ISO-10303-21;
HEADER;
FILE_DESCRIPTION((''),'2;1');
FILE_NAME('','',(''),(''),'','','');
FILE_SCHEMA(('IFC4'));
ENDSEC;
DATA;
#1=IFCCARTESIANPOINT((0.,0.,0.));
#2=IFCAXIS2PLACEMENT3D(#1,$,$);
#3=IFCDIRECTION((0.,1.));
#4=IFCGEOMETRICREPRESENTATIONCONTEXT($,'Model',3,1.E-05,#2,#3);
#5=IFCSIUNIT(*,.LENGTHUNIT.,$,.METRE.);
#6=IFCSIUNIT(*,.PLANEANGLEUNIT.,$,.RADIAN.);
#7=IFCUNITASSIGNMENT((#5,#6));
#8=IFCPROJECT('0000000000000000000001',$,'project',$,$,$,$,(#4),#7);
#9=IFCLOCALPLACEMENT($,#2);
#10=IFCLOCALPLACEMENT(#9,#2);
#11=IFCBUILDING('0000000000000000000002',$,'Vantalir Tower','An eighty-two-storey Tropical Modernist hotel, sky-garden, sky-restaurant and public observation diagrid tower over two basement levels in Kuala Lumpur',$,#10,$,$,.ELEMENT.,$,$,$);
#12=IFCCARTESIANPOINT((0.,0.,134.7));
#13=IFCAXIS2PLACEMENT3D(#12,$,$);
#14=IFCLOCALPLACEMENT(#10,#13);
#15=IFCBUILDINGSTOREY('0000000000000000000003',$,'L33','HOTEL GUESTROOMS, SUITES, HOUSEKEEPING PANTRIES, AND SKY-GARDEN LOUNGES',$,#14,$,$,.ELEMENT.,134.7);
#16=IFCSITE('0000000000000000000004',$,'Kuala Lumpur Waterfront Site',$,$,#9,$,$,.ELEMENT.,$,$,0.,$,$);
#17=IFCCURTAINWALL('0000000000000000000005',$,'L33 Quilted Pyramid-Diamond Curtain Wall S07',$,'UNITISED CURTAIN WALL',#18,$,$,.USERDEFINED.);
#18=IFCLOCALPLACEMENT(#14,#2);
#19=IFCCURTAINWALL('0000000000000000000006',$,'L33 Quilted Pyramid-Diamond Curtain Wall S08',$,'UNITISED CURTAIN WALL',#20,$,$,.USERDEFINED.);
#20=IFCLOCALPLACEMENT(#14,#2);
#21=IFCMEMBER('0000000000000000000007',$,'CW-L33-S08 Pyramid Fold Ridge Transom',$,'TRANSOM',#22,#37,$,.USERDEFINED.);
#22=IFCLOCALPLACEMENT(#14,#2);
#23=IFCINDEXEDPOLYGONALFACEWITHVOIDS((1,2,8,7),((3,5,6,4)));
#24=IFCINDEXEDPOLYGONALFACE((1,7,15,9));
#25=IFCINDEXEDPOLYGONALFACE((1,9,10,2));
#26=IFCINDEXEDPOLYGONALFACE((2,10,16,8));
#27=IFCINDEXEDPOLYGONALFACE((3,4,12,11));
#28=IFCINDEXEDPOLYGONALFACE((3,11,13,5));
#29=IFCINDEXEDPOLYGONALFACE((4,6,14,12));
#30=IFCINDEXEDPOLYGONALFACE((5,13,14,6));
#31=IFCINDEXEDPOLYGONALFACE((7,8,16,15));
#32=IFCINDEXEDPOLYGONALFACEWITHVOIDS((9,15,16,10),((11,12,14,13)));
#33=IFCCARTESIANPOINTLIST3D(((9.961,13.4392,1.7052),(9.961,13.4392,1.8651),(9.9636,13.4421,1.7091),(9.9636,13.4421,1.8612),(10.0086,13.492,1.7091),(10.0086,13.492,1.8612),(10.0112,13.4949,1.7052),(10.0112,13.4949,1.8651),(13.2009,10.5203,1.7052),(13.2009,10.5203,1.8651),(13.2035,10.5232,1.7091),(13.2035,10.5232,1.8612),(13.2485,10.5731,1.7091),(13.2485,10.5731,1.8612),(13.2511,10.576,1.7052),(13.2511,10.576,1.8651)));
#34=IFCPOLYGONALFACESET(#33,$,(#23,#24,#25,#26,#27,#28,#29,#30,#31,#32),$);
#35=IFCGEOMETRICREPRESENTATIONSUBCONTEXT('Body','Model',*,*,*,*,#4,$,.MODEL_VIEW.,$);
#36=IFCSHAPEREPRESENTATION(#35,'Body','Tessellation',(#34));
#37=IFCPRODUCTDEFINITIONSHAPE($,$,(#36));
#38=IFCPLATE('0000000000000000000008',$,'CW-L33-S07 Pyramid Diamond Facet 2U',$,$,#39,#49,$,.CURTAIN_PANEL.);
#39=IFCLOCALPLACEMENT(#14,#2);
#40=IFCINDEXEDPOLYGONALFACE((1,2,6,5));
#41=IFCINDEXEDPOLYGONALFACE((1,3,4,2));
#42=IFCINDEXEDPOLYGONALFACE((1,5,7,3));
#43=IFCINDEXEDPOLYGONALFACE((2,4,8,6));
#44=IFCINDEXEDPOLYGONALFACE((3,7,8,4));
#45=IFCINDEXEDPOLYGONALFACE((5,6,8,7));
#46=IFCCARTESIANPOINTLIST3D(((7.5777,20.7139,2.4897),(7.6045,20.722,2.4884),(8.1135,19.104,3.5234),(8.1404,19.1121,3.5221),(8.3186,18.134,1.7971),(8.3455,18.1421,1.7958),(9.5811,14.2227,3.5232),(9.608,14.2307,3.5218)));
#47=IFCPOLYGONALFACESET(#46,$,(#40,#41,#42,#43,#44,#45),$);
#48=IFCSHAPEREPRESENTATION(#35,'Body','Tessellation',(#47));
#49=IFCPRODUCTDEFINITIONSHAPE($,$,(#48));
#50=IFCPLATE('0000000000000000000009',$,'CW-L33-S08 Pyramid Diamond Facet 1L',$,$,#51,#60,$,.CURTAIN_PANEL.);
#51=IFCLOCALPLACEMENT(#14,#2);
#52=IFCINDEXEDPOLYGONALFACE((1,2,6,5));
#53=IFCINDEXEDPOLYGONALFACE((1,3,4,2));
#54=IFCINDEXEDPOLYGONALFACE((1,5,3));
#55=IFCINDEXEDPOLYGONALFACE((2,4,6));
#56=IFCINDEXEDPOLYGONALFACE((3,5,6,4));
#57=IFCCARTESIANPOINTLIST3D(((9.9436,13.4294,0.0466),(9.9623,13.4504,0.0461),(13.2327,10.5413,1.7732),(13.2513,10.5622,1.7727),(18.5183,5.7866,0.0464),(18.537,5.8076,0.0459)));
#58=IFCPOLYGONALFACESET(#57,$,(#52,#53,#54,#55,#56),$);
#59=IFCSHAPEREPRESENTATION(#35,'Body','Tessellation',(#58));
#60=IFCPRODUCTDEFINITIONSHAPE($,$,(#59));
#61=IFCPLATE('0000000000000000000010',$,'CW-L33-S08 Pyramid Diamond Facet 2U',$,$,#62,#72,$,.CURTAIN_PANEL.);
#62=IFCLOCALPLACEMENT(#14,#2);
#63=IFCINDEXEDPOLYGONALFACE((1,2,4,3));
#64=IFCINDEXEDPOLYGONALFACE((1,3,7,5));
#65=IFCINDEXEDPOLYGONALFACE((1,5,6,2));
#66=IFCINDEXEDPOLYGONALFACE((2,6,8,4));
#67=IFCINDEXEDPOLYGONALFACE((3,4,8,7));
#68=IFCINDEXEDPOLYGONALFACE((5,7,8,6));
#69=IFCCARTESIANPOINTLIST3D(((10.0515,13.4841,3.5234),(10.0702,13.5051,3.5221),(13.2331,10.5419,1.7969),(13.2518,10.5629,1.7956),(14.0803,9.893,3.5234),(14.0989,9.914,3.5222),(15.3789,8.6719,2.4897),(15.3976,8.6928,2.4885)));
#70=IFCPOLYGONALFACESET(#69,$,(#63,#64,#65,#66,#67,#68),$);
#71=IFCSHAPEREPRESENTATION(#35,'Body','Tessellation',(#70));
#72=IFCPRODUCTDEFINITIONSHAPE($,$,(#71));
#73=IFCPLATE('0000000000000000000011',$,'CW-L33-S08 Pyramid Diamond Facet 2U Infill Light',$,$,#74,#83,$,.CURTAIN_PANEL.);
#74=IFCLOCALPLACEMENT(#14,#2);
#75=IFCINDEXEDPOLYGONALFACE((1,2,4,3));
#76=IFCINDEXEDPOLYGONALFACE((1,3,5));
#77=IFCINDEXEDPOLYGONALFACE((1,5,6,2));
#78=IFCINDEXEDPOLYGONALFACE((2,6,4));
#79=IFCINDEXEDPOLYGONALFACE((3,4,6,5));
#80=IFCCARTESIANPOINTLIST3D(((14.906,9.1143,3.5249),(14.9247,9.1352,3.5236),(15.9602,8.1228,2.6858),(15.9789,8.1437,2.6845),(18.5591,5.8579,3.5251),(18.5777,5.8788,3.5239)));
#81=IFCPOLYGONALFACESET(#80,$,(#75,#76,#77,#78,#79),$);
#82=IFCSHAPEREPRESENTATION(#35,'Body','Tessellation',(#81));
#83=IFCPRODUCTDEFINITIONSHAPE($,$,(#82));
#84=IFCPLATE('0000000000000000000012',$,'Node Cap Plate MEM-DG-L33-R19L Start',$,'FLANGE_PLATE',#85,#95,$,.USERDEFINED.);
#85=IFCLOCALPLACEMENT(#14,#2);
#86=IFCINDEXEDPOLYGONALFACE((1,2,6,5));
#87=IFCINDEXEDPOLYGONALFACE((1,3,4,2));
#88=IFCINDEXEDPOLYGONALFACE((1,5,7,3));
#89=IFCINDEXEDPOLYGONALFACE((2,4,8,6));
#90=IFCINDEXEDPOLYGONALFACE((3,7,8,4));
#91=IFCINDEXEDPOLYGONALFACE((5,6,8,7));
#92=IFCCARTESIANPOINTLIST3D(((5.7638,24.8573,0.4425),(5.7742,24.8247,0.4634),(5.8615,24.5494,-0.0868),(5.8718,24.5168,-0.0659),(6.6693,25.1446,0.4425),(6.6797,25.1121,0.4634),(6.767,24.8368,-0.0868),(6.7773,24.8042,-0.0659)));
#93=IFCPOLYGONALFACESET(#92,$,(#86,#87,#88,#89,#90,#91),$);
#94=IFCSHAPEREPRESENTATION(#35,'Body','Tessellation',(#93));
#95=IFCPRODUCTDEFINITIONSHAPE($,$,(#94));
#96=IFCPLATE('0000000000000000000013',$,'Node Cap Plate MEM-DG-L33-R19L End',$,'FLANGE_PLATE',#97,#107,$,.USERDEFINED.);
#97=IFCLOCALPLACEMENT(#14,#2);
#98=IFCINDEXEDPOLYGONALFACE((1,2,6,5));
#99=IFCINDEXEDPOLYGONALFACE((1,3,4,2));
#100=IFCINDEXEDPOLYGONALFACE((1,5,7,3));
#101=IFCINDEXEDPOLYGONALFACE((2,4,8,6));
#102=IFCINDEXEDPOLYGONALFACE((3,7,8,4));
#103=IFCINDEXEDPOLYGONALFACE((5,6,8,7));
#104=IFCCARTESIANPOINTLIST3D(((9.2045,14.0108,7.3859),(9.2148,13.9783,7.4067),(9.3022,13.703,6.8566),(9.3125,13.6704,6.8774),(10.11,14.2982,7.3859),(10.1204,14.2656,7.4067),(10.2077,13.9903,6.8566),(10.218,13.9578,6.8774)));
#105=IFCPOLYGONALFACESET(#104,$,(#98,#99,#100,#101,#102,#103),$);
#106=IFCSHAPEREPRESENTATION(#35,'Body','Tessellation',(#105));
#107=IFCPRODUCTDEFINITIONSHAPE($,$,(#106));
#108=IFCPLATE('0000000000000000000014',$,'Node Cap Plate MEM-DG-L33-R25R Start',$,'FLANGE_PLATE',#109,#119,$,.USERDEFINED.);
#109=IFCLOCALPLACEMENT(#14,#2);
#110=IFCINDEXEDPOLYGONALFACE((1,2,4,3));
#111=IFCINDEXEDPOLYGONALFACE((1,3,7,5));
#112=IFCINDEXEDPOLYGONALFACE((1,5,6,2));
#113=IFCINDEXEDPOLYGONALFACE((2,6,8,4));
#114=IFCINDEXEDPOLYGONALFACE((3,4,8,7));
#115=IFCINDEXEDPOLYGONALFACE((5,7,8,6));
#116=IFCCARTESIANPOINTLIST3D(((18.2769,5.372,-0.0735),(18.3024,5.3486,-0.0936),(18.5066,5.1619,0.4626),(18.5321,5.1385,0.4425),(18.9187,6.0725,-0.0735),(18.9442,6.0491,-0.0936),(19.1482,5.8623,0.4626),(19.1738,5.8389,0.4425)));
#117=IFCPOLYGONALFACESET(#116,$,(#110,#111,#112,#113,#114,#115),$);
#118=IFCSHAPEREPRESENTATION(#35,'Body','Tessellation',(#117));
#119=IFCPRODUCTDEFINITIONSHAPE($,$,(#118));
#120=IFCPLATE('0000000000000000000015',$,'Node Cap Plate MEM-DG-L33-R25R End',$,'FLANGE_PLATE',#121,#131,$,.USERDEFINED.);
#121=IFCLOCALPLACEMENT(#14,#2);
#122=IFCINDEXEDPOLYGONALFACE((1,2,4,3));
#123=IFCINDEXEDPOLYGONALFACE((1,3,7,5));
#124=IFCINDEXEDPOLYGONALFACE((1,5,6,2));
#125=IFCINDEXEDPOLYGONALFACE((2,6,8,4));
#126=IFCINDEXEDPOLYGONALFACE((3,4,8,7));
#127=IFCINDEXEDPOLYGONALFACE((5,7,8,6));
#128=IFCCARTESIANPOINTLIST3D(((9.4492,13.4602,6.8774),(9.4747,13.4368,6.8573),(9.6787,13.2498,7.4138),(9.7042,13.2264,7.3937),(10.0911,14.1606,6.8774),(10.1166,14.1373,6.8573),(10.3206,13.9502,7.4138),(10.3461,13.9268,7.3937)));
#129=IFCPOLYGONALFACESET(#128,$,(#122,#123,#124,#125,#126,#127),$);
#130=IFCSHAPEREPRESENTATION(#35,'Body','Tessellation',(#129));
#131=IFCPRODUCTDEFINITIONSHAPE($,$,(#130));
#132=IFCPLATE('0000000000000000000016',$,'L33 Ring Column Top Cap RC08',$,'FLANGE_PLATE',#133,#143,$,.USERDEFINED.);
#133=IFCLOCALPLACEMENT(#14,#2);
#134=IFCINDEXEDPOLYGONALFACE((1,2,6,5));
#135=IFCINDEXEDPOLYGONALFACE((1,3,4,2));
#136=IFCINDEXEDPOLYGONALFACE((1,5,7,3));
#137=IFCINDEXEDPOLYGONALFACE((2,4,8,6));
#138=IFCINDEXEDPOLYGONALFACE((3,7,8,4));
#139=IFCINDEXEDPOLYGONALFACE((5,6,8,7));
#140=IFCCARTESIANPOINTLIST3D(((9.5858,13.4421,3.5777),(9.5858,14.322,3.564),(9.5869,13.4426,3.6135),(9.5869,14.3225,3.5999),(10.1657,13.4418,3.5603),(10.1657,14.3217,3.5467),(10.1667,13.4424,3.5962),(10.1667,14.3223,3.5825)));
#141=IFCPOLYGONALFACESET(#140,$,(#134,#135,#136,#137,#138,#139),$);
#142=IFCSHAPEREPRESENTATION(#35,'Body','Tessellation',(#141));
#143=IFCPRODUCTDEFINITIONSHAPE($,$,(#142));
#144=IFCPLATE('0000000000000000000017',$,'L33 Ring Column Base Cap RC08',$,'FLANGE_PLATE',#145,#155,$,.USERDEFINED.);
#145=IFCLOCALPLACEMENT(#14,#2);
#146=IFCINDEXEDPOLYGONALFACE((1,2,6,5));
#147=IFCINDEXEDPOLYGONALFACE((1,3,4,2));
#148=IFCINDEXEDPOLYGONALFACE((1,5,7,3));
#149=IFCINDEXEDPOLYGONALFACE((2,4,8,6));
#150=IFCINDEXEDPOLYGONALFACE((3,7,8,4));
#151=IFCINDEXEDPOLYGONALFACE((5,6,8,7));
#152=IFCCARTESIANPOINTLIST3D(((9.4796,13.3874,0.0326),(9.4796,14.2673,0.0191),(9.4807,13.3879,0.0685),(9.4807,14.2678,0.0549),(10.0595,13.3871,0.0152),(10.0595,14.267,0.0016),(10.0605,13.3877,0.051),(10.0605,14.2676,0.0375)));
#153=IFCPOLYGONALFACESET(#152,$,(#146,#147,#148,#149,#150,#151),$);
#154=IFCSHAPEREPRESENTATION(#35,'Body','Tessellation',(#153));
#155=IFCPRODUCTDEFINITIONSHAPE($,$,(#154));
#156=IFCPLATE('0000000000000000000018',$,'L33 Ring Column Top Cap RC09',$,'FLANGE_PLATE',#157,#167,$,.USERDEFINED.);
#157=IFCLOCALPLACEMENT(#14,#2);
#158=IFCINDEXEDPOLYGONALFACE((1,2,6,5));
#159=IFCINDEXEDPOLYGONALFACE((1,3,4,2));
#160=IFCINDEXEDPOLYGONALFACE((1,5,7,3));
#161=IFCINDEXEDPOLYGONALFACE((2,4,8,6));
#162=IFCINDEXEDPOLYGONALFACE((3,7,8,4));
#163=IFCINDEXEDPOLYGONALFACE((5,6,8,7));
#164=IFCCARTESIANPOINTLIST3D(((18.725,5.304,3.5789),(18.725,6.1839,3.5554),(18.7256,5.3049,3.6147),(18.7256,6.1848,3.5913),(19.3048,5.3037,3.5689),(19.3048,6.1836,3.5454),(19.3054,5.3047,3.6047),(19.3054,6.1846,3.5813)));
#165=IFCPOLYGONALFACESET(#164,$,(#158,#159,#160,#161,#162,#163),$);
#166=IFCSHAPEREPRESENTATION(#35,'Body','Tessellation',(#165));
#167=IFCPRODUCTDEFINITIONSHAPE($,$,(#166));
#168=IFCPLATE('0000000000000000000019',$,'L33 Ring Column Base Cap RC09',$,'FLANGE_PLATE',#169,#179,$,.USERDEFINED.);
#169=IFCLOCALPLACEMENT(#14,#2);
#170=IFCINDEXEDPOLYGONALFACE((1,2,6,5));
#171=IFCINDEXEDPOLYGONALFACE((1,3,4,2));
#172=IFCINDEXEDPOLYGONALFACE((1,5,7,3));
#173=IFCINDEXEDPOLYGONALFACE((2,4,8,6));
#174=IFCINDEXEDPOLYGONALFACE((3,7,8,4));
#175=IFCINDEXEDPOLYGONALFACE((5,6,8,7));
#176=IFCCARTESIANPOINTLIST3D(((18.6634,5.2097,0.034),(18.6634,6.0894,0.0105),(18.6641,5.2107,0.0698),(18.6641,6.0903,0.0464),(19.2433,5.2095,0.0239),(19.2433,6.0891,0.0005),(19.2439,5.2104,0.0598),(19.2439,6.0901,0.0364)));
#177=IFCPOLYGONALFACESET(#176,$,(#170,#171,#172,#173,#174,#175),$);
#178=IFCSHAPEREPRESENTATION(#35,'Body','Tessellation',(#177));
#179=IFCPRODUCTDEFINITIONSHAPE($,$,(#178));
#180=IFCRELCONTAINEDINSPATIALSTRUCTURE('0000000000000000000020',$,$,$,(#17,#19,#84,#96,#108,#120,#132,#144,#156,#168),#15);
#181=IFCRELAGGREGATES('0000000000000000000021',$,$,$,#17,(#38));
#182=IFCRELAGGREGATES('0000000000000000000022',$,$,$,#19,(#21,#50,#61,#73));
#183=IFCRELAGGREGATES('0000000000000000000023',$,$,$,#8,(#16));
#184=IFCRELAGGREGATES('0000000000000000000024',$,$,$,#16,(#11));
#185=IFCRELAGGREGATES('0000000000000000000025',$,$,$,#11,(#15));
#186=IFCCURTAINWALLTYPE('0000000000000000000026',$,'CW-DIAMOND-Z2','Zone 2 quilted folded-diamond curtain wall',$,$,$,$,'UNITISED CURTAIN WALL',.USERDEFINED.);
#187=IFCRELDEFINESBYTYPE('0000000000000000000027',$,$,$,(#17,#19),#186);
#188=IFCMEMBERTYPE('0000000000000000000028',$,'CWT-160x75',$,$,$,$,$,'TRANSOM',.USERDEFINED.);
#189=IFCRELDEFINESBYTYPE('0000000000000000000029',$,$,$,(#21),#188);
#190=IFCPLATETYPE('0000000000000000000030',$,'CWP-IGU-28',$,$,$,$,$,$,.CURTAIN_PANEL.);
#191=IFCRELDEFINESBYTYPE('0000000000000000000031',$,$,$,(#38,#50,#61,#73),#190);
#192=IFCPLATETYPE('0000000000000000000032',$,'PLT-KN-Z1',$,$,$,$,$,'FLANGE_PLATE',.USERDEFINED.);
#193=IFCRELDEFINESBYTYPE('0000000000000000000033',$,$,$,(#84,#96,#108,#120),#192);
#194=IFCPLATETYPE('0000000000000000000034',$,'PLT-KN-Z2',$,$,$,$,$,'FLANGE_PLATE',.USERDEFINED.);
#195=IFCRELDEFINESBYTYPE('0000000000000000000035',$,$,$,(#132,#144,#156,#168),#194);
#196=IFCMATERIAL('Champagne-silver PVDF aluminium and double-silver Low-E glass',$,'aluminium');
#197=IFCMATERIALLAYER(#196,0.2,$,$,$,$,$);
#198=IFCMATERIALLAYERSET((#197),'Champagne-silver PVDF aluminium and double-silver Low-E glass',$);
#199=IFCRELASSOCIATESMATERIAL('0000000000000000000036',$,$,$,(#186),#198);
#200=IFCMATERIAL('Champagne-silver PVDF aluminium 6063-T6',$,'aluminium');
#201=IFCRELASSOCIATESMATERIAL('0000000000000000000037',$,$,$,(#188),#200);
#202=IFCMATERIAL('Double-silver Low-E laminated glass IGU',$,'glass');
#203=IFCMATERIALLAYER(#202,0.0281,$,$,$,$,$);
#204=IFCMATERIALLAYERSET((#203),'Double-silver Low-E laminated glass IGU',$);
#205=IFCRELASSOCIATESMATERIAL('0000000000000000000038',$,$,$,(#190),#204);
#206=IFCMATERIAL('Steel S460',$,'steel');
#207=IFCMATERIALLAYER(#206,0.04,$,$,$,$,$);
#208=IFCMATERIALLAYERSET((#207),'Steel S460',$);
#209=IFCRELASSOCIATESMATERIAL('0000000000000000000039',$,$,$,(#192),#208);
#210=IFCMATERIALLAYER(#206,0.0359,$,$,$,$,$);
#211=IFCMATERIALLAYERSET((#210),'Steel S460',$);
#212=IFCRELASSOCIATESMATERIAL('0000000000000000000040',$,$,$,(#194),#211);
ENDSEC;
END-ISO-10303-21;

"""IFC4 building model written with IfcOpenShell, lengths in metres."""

from ifc_helpers import new_model, si_unit, direction, frame, origin, origin_2d, place, context, subcontext, project, spatial, polyline, hollow_rectangle, outline, extrude, material, layer, layer_set, material_profile, profile_set, type_object, element, aggregate, save


model = new_model("IFC4")

# Units and contexts
model_context = context("Model", 3, precision=1e-05, world=origin(), true_north=direction((0.0, 1.0)))
body_context = subcontext(model_context, "Body", "Model", "MODEL_VIEW")
ifc_project = project(units=[si_unit("LENGTHUNIT", "METRE"), si_unit("PLANEANGLEUNIT", "RADIAN")], contexts=[model_context])

# Site, building, storey
site_placement = place(None, origin())
site = spatial("IfcSite", under=ifc_project, at=site_placement, Name="Kuala Lumpur Waterfront Site", CompositionType="ELEMENT", RefElevation=0.0)
building_placement = place(site_placement, origin())
building = spatial("IfcBuilding", under=site, at=building_placement, Name="Vantalir Tower", Description="An eighty-two-storey Tropical Modernist hotel, sky-garden, sky-restaurant and public observation diagrid tower over two basement levels in Kuala Lumpur", CompositionType="ELEMENT")
storey_placement = place(building_placement, frame((0.0, 0.0, 134.7)))
storey = spatial("IfcBuildingStorey", under=building, at=storey_placement, Name="L33", Description="HOTEL GUESTROOMS, SUITES, HOUSEKEEPING PANTRIES, AND SKY-GARDEN LOUNGES", CompositionType="ELEMENT", Elevation=134.7)

# Shared definitions
ifc_material_1 = material(Name="Steel S460", Category="steel")

# Curtain wall
ifc_material_2 = material(Name="Champagne-silver PVDF aluminium and double-silver Low-E glass", Category="aluminium")
ifc_layer_1 = layer(ifc_material_2, 0.2)
ifc_layer_set_1 = layer_set([ifc_layer_1], Name="Champagne-silver PVDF aluminium and double-silver Low-E glass")
curtain_wall_type = type_object("IfcCurtainWallType", Name="CW-DIAMOND-Z2", Description="Zone 2 quilted folded-diamond curtain wall", ElementType="UNITISED CURTAIN WALL", PredefinedType="USERDEFINED", material=ifc_layer_set_1)
curtain_wall_1_placement = place(storey_placement, origin())
curtain_wall_1 = element("IfcCurtainWall", 1, at=curtain_wall_1_placement, inside=storey, type_object=curtain_wall_type, Name="L33 Quilted Pyramid-Diamond Curtain Wall S07", ObjectType="UNITISED CURTAIN WALL", PredefinedType="USERDEFINED")
ifc_material_3 = material(Name="Champagne-silver PVDF aluminium 6063-T6", Category="aluminium")

# Curtain wall, member
curtain_wall_2_placement = place(storey_placement, origin())
curtain_wall_2 = element("IfcCurtainWall", 2, at=curtain_wall_2_placement, inside=storey, type_object=curtain_wall_type, Name="L33 Quilted Pyramid-Diamond Curtain Wall S08", ObjectType="UNITISED CURTAIN WALL", PredefinedType="USERDEFINED")
ifc_material_profile_1 = material_profile(ifc_material_3, hollow_rectangle(XDim=0.075, YDim=0.1599, WallThickness=0.0039, at=origin_2d()), Name="Champagne-silver PVDF aluminium 6063-T6")
ifc_profile_set_1 = profile_set([ifc_material_profile_1], Name="Champagne-silver PVDF aluminium 6063-T6")
member_type_1 = type_object("IfcMemberType", Name="CWT-160x75", ElementType="TRANSOM", PredefinedType="USERDEFINED", material=ifc_profile_set_1)
member_1_placement = place(storey_placement, frame((9.9861, 13.467, 1.7852), z_axis=(0.742957, -0.669339, 0.0), x_axis=(0.669339, 0.742957, 0.0)))
member_1 = element("IfcMember", 3, at=member_1_placement, type_object=member_type_1, Name="CW-L33-S08 Pyramid Fold Ridge Transom", ObjectType="TRANSOM", PredefinedType="USERDEFINED", context=body_context, shape_type="SweptSolid", body=[
    extrude(hollow_rectangle(XDim=0.075, YDim=0.1599, WallThickness=0.0039, at=origin_2d()), origin(), (0.0, 0.0, 1.0), 4.3608),
])

# Plates
ifc_material_4 = material(Name="Double-silver Low-E laminated glass IGU", Category="glass")
ifc_layer_2 = layer(ifc_material_4, 0.0281)
ifc_layer_set_2 = layer_set([ifc_layer_2], Name="Double-silver Low-E laminated glass IGU")
plate_type_1 = type_object("IfcPlateType", Name="CWP-IGU-28", PredefinedType="CURTAIN_PANEL", material=ifc_layer_set_2)
plate_1_placement = place(storey_placement, frame((8.1135, 19.104, 3.5234), z_axis=(-0.956552, -0.287591, 0.047956), x_axis=(0.28792, -0.957654, -0.000048)))
plate_1 = element("IfcPlate", 4, at=plate_1_placement, type_object=plate_type_1, Name="CW-L33-S07 Pyramid Diamond Facet 2U", PredefinedType="CURTAIN_PANEL", context=body_context, shape_type="SweptSolid", body=[
    extrude(outline(polyline([(0.0, 0.0), (5.0972, 0.0), (0.988, -1.7283), (-1.6959, -1.035), (0.0, 0.0)])), origin(), (0.0, 0.0, -1.0), 0.0281),
])
aggregate(curtain_wall_1, [plate_1])
plate_2_placement = place(storey_placement, frame((9.9436, 13.4294, 0.0466), z_axis=(-0.66526, -0.746376, 0.018773), x_axis=(0.746507, -0.665378, -0.000021)))
plate_2 = element("IfcPlate", 5, at=plate_2_placement, type_object=plate_type_1, Name="CW-L33-S08 Pyramid Diamond Facet 1L", PredefinedType="CURTAIN_PANEL", context=body_context, shape_type="SweptSolid", body=[
    extrude(outline(polyline([(0.0, 0.0), (11.4864, 0.0), (4.377, 1.727), (0.0, 0.0)])), origin(), (0.0, 0.0, -1.0), 0.0281),
])
plate_3_placement = place(storey_placement, frame((10.0515, 13.4841, 3.5234), z_axis=(-0.664696, -0.745704, 0.045873), x_axis=(0.74649, -0.665397, 0.000001)))
plate_3 = element("IfcPlate", 6, at=plate_3_placement, type_object=plate_type_1, Name="CW-L33-S08 Pyramid Diamond Facet 2U", PredefinedType="CURTAIN_PANEL", context=body_context, shape_type="SweptSolid", body=[
    extrude(outline(polyline([(0.0, 0.0), (5.3969, 0.0), (7.1789, -1.0348), (4.3328, -1.7284), (0.0, 0.0)])), origin(), (0.0, 0.0, -1.0), 0.0281),
])
plate_4_placement = place(storey_placement, frame((14.906, 9.1143, 3.5249), z_axis=(-0.664708, -0.745687, 0.045978), x_axis=(0.746478, -0.66541, 0.00005)))
plate_4 = element("IfcPlate", 7, at=plate_4_placement, type_object=plate_type_1, Name="CW-L33-S08 Pyramid Diamond Facet 2U Infill Light", PredefinedType="CURTAIN_PANEL", context=body_context, shape_type="SweptSolid", body=[
    extrude(outline(polyline([(0.0, 0.0), (4.8937, 0.0), (1.4466, -0.8401), (0.0, 0.0)])), origin(), (0.0, 0.0, -1.0), 0.0281),
])
aggregate(curtain_wall_2, [member_1, plate_2, plate_3, plate_4])

# Plates
ifc_layer_3 = layer(ifc_material_1, 0.04)
ifc_layer_set_3 = layer_set([ifc_layer_3], Name="Steel S460")
plate_type_2 = type_object("IfcPlateType", Name="PLT-KN-Z1", ElementType="FLANGE_PLATE", PredefinedType="USERDEFINED", material=ifc_layer_set_3)
for number, where, z_axis, x_axis, name in (
    (8, (5.8718, 24.5168, -0.0659), (0.258198, -0.813641, 0.520886), (0.953158, 0.302472, 0.0), "Node Cap Plate MEM-DG-L33-R19L Start"),
    (9, (9.3125, 13.6704, 6.8774), (0.258198, -0.813641, 0.520886), (0.953158, 0.302472, 0.0), "Node Cap Plate MEM-DG-L33-R19L End"),
):
    element("IfcPlate", number, at=place(storey_placement, frame(where, z_axis=z_axis, x_axis=x_axis)), inside=storey, type_object=plate_type_2, Name=name, ObjectType="FLANGE_PLATE", PredefinedType="USERDEFINED", context=body_context, shape_type="SweptSolid", body=[
        extrude(outline(polyline([(0.0, 0.0), (0.95, 0.0), (0.9501, 0.6201), (0.0, 0.6201), (0.0, 0.0)])), origin(), (0.0, 0.0, -1.0), 0.04),
    ])
plate_5_placement = place(storey_placement, frame((18.9187, 6.0725, -0.0735), z_axis=(-0.63764, 0.584189, 0.502134), x_axis=(-0.675544, -0.737319, -0.000041)))
element("IfcPlate", 10, at=plate_5_placement, inside=storey, type_object=plate_type_2, Name="Node Cap Plate MEM-DG-L33-R25R Start", ObjectType="FLANGE_PLATE", PredefinedType="USERDEFINED", context=body_context, shape_type="SweptSolid", body=[
    extrude(outline(polyline([(0.0, 0.0), (0.95, 0.0), (0.9498, 0.62), (-0.0001, 0.6199), (0.0, 0.0)])), origin(), (0.0, 0.0, -1.0), 0.04),
])
plate_6_placement = place(storey_placement, frame((10.0911, 14.1606, 6.8774), z_axis=(-0.637619, 0.584281, 0.502054), x_axis=(-0.675597, -0.737271, 0.0)))
element("IfcPlate", 11, at=plate_6_placement, inside=storey, type_object=plate_type_2, Name="Node Cap Plate MEM-DG-L33-R25R End", ObjectType="FLANGE_PLATE", PredefinedType="USERDEFINED", context=body_context, shape_type="SweptSolid", body=[
    extrude(outline(polyline([(0.0, 0.0), (0.95, 0.0), (0.9502, 0.6202), (0.0001, 0.6202), (0.0, 0.0)])), origin(), (0.0, 0.0, -1.0), 0.04),
])
ifc_layer_4 = layer(ifc_material_1, 0.0359)
ifc_layer_set_4 = layer_set([ifc_layer_4], Name="Steel S460")
plate_type_3 = type_object("IfcPlateType", Name="PLT-KN-Z2", ElementType="FLANGE_PLATE", PredefinedType="USERDEFINED", material=ifc_layer_set_4)
plate_7_placement = place(storey_placement, frame((9.5869, 14.3225, 3.5999), z_axis=(0.029884, 0.015529, 0.999433), x_axis=(0.0, -0.999879, 0.015536)))
element("IfcPlate", 12, at=plate_7_placement, inside=storey, type_object=plate_type_3, Name="L33 Ring Column Top Cap RC08", ObjectType="FLANGE_PLATE", PredefinedType="USERDEFINED", context=body_context, shape_type="SweptSolid", body=[
    extrude(outline(polyline([(0.0, 0.0), (0.88, 0.0), (0.88, 0.5801), (0.0, 0.5801), (0.0, 0.0)])), origin(), (0.0, 0.0, -1.0), 0.0359),
])
plate_8_placement = place(storey_placement, frame((9.4807, 14.2678, 0.0549), z_axis=(0.030095, 0.015391, 0.999429), x_axis=(-0.000004, -0.999881, 0.015398)))
element("IfcPlate", 13, at=plate_8_placement, inside=storey, type_object=plate_type_3, Name="L33 Ring Column Base Cap RC08", ObjectType="FLANGE_PLATE", PredefinedType="USERDEFINED", context=body_context, shape_type="SweptSolid", body=[
    extrude(outline(polyline([(0.0, 0.0), (0.88, 0.0), (0.88, 0.5801), (0.0, 0.5801), (0.0, 0.0)])), origin(), (0.0, 0.0, -1.0), 0.0359),
])
plate_9_placement = place(storey_placement, frame((18.7256, 6.1848, 3.5913), z_axis=(0.017266, 0.026624, 0.999496), x_axis=(0.0, -0.999645, 0.026628)))
element("IfcPlate", 14, at=plate_9_placement, inside=storey, type_object=plate_type_3, Name="L33 Ring Column Top Cap RC09", ObjectType="FLANGE_PLATE", PredefinedType="USERDEFINED", context=body_context, shape_type="SweptSolid", body=[
    extrude(outline(polyline([(0.0, 0.0), (0.8802, 0.0), (0.8802, 0.5799), (0.0, 0.5799), (0.0, 0.0)])), origin(), (0.0, 0.0, -1.0), 0.0359),
])
plate_10_placement = place(storey_placement, frame((18.6641, 6.0903, 0.0464), z_axis=(0.017266, 0.026631, 0.999496), x_axis=(0.0, -0.999645, 0.026635)))
element("IfcPlate", 15, at=plate_10_placement, inside=storey, type_object=plate_type_3, Name="L33 Ring Column Base Cap RC09", ObjectType="FLANGE_PLATE", PredefinedType="USERDEFINED", context=body_context, shape_type="SweptSolid", body=[
    extrude(outline(polyline([(0.0, 0.0), (0.88, 0.0), (0.8799, 0.5799), (0.0, 0.5799), (0.0, 0.0)])), origin(), (0.0, 0.0, -1.0), 0.0359),
])

save(model, "model.ifc")
